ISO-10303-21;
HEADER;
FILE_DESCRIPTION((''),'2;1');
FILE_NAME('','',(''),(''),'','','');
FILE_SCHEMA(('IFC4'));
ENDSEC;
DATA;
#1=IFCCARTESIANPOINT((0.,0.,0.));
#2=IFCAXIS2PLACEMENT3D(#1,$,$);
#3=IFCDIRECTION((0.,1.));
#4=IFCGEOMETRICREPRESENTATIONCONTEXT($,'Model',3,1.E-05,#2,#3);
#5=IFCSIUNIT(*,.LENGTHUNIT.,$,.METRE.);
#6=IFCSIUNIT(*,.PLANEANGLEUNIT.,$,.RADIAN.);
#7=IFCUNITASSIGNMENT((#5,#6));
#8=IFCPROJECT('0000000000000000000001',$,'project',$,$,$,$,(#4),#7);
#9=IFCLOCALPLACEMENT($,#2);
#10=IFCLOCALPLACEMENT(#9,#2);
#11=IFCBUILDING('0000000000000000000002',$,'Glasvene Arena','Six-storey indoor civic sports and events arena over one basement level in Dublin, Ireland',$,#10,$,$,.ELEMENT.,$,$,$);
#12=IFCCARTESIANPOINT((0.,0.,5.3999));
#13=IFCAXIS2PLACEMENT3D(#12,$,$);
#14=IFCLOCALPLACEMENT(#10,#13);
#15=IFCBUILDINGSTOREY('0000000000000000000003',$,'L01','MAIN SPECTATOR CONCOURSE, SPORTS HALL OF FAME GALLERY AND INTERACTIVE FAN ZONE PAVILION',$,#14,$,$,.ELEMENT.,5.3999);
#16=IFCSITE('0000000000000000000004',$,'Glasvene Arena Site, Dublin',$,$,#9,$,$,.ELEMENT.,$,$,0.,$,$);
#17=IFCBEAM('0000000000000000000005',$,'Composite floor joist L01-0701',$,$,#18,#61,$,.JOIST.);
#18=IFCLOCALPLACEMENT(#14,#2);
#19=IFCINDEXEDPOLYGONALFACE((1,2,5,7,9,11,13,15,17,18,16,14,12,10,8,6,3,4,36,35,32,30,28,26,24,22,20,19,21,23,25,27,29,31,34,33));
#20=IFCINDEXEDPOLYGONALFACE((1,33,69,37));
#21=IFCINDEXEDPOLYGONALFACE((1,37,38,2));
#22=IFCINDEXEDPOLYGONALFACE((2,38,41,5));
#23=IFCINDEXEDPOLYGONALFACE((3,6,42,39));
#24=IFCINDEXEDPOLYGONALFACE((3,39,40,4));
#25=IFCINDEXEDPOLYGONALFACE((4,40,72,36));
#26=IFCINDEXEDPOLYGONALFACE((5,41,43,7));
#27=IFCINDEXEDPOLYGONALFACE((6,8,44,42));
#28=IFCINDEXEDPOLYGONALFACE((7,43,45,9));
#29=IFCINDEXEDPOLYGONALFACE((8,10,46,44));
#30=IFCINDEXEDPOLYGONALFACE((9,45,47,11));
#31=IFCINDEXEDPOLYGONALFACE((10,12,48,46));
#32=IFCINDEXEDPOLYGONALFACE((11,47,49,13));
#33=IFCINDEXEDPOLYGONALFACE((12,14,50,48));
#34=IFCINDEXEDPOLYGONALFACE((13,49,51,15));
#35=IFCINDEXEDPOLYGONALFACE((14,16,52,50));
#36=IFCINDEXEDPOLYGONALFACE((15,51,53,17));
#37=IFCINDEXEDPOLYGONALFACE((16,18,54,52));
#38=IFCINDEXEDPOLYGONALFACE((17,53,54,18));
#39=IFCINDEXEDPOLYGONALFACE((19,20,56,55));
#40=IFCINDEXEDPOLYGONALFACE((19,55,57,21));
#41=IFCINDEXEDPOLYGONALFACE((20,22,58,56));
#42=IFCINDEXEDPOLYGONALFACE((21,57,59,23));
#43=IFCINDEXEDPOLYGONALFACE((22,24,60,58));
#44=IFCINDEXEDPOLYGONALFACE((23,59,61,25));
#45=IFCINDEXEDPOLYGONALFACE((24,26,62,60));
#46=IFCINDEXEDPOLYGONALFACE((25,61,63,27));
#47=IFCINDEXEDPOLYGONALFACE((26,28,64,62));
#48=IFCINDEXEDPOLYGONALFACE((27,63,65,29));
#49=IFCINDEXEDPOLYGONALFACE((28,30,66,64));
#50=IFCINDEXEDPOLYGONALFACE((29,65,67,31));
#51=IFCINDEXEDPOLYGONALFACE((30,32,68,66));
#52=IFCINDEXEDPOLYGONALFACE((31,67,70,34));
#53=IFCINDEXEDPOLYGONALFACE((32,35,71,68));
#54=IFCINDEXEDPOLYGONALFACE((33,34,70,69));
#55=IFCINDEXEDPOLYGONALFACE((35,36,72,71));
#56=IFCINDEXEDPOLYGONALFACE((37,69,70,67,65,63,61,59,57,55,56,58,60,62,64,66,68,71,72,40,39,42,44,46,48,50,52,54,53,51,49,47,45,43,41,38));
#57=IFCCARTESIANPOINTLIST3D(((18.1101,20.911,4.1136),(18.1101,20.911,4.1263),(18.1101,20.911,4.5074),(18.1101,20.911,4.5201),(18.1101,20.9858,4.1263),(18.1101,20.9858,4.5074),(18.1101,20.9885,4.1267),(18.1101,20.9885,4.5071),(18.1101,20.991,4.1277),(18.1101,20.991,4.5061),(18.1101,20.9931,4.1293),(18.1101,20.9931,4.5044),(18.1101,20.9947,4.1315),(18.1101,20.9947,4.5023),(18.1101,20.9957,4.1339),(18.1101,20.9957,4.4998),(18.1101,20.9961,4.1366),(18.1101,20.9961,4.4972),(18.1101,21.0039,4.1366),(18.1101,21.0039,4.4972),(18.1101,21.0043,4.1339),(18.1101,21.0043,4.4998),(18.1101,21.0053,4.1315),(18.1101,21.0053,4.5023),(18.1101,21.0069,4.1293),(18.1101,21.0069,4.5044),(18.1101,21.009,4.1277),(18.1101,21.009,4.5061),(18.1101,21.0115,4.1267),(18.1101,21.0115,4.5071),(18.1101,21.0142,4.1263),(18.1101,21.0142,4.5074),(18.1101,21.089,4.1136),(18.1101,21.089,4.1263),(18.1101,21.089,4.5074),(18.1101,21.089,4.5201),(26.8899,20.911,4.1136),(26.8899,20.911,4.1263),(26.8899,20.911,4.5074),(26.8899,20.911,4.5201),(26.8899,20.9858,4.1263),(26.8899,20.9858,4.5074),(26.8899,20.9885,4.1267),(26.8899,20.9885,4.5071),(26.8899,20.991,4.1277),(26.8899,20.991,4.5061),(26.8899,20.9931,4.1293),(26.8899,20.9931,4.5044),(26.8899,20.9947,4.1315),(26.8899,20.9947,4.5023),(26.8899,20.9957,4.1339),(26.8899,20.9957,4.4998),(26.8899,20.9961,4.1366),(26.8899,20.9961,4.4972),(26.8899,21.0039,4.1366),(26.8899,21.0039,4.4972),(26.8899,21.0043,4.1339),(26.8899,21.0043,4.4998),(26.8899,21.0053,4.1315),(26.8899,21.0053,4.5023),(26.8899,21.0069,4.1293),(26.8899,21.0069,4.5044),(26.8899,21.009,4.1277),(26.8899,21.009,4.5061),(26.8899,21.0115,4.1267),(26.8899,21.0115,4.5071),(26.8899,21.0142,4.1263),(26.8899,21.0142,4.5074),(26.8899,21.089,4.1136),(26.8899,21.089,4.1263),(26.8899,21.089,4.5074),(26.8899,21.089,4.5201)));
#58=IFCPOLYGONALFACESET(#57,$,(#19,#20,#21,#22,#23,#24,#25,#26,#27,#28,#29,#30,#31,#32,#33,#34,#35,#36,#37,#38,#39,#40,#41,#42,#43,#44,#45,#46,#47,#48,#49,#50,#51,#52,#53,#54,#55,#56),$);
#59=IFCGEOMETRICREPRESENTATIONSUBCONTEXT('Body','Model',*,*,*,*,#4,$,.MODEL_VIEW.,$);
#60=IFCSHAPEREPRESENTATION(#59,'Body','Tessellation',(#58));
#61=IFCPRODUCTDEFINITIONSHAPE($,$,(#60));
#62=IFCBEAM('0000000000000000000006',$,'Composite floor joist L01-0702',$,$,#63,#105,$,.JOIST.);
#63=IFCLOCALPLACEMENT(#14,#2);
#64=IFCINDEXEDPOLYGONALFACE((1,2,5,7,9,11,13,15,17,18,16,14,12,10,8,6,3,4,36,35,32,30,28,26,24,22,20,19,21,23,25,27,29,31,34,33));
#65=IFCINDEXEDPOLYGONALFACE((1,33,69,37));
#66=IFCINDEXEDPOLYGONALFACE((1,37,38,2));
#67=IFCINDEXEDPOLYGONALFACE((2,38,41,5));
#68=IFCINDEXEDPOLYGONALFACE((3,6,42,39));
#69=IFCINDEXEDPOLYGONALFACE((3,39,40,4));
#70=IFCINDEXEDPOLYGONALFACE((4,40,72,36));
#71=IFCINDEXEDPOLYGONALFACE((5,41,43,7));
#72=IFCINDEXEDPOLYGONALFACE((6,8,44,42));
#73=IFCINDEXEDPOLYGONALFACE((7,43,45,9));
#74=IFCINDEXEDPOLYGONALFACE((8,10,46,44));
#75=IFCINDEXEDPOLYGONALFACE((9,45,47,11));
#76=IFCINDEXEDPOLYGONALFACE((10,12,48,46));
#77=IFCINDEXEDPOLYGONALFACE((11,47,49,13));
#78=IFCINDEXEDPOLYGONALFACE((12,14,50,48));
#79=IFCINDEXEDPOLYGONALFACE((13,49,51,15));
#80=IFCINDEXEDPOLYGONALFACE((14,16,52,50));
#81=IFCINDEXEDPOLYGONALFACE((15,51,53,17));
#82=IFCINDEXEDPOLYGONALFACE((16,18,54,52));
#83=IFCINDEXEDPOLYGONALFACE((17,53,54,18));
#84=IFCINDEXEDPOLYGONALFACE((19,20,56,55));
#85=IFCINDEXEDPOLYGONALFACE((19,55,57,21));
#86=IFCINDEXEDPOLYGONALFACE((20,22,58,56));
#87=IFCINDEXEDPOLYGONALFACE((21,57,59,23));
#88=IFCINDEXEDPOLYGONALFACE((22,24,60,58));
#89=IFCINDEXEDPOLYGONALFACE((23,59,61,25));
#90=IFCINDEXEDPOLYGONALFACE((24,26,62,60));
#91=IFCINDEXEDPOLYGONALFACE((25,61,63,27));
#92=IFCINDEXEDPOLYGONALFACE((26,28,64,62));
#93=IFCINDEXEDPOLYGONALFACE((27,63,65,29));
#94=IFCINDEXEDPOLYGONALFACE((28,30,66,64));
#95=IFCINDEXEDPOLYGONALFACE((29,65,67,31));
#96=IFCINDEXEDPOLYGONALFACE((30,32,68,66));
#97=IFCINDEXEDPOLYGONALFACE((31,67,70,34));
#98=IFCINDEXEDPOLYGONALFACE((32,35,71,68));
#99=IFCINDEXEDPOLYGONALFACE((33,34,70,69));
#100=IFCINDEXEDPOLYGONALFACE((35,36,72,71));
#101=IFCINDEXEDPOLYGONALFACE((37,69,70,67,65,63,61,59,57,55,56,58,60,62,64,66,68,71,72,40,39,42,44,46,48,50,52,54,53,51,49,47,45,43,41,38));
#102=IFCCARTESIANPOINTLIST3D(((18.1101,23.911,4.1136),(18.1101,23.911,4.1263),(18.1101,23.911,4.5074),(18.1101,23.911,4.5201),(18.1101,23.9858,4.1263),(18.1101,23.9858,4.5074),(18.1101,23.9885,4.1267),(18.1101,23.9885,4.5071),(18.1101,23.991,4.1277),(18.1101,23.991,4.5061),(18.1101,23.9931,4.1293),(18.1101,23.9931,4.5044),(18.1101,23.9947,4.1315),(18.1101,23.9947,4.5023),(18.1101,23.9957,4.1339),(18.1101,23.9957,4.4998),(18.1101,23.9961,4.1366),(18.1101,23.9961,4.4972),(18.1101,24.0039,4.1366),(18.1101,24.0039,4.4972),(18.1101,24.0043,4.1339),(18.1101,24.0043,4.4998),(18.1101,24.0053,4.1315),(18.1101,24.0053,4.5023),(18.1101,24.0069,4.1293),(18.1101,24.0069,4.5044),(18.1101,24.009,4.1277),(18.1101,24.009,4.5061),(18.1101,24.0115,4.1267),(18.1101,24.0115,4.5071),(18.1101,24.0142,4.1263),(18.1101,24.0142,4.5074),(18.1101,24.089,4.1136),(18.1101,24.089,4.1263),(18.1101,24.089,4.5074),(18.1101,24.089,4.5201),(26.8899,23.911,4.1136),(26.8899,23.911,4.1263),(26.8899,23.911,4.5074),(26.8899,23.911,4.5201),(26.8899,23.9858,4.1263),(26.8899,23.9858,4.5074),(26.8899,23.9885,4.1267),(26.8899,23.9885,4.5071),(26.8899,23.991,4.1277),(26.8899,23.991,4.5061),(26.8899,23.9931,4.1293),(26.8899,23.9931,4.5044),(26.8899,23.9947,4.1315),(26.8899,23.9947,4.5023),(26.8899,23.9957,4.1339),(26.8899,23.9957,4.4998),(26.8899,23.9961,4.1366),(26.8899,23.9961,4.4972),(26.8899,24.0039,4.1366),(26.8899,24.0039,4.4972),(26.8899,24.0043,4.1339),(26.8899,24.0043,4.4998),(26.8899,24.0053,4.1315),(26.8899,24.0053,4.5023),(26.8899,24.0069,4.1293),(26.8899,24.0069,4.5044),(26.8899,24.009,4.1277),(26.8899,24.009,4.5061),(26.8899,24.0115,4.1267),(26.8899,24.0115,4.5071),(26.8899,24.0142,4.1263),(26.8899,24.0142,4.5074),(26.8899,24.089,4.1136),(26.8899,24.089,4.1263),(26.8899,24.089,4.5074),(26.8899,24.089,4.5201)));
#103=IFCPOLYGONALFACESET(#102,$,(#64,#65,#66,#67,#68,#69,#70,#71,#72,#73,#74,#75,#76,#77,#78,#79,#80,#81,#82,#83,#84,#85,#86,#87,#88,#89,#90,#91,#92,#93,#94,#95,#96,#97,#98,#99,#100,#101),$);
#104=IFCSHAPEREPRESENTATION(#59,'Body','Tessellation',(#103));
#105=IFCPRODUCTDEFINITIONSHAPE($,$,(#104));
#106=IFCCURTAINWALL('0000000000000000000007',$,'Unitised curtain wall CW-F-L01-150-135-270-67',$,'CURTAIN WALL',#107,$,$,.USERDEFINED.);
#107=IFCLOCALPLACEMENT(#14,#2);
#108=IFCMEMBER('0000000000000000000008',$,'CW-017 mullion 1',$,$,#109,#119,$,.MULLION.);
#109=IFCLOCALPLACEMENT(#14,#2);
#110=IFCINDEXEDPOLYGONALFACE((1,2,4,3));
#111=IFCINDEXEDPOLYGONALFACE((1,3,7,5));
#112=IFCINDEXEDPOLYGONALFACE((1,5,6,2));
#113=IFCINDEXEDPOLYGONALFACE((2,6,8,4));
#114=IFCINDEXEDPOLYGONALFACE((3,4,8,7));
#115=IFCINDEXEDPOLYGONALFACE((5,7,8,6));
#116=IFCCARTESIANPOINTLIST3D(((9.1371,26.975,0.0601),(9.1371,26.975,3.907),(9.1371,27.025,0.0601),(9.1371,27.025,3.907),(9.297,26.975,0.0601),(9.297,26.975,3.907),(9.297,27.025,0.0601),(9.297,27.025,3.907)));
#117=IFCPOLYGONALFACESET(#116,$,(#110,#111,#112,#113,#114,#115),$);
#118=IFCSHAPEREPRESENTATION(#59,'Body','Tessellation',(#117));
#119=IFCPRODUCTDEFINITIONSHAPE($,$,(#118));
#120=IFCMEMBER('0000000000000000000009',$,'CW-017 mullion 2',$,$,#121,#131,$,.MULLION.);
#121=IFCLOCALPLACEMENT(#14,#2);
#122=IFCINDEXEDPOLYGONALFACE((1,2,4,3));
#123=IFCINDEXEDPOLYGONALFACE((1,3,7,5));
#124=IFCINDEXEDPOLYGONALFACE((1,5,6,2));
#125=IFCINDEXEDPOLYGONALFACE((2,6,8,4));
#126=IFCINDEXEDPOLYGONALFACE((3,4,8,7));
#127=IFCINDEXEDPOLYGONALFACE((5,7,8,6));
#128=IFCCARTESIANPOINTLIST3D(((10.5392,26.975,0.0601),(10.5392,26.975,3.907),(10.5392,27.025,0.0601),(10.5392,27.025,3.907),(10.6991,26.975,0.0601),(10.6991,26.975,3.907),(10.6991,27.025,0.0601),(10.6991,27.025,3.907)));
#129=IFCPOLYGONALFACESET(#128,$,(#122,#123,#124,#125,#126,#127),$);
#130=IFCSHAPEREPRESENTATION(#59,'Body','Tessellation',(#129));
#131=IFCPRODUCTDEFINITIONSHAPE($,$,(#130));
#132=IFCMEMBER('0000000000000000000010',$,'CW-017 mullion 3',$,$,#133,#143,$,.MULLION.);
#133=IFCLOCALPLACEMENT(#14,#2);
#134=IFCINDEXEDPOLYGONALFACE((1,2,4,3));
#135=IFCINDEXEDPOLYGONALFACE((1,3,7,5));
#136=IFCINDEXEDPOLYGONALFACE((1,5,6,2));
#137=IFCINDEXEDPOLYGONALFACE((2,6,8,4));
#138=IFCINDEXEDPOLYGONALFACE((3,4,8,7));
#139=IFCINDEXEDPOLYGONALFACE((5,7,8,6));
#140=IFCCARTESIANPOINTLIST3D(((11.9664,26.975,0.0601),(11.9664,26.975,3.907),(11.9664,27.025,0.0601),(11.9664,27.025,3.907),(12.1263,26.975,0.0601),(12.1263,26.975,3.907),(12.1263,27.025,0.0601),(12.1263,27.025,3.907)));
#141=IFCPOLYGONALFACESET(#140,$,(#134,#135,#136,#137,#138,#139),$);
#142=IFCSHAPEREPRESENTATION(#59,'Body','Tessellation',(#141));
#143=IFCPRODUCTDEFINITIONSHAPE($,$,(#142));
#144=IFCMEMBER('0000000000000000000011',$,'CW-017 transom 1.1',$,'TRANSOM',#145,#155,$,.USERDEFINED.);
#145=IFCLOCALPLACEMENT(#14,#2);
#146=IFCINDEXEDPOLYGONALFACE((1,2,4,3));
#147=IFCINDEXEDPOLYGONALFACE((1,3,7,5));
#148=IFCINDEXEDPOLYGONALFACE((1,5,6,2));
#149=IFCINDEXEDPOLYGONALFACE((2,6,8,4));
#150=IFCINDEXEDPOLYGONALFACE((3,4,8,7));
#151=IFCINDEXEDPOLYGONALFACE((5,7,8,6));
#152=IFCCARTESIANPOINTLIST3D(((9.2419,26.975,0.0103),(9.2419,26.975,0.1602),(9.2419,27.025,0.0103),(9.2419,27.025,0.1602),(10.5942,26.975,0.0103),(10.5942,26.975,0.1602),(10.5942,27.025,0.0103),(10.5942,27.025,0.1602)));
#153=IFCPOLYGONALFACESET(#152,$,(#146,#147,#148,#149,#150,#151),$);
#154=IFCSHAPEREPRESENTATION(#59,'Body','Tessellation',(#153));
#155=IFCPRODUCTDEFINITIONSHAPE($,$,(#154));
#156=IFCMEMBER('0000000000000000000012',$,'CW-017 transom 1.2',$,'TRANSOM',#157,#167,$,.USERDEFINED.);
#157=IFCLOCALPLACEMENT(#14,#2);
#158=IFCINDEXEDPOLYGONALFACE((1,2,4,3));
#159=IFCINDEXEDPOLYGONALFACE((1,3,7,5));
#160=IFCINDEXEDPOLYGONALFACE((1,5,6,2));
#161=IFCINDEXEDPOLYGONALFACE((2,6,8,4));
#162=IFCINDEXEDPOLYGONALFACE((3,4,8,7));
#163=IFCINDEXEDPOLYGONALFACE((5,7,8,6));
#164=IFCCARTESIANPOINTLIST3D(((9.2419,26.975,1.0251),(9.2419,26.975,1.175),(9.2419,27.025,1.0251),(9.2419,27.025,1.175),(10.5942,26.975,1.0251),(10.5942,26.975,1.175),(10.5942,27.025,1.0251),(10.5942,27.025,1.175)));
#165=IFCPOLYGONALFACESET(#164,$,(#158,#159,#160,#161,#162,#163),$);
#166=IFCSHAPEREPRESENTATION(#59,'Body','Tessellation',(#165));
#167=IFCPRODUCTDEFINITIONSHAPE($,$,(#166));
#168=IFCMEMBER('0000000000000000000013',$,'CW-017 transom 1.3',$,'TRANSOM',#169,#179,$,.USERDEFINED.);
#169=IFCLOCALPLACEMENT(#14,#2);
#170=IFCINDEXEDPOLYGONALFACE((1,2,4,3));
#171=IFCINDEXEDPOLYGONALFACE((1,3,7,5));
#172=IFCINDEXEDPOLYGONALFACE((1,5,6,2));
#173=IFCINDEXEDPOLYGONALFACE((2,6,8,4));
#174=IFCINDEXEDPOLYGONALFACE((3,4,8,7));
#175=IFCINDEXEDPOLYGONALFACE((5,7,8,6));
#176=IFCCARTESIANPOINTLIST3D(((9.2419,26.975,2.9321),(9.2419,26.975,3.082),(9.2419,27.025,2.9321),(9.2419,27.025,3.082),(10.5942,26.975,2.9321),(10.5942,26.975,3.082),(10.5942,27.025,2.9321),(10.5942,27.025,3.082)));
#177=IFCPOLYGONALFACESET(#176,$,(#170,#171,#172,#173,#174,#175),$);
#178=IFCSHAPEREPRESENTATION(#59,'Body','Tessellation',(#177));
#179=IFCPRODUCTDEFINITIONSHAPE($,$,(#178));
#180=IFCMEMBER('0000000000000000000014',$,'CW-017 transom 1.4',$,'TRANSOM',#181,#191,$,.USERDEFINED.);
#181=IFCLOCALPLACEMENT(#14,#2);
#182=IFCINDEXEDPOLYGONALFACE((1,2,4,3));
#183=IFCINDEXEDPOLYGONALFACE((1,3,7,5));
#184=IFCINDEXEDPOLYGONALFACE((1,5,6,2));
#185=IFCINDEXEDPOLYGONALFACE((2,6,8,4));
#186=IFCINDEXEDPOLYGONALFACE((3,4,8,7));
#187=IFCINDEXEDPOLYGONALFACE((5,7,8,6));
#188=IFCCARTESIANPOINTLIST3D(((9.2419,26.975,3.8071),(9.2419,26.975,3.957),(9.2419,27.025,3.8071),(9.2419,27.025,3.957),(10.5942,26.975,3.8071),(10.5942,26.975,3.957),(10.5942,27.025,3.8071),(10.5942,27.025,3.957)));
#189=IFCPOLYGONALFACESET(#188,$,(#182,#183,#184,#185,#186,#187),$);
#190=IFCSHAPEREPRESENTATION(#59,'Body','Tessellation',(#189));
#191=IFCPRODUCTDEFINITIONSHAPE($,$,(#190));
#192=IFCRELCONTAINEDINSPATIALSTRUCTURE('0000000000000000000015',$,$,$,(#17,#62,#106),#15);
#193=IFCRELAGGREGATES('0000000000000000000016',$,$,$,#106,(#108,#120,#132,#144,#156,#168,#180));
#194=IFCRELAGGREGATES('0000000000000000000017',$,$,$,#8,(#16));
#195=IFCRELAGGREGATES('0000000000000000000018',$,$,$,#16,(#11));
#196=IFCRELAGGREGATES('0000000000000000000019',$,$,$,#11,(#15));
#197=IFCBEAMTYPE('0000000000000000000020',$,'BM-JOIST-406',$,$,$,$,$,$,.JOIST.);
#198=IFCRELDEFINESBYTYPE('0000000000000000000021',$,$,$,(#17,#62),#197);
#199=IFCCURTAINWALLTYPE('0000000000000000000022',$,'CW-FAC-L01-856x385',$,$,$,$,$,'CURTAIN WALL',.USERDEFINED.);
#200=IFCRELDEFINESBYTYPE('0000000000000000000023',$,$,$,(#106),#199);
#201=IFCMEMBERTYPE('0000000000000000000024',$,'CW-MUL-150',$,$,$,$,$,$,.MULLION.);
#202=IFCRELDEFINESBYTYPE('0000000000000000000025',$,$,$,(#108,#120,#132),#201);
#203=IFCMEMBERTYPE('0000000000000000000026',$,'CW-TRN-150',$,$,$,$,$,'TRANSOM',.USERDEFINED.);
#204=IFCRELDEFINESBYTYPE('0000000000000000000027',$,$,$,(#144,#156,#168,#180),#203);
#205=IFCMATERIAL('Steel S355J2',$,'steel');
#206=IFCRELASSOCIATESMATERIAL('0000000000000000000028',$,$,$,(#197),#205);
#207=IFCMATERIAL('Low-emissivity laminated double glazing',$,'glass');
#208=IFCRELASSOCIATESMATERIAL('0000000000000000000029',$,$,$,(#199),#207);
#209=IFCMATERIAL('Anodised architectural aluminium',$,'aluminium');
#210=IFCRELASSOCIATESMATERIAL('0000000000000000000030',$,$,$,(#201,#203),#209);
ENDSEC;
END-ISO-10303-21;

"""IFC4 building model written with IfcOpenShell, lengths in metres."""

from ifc_helpers import new_model, si_unit, direction, frame, origin, origin_2d, place, context, subcontext, project, spatial, rectangle, i_section, extrude, material, material_profile, profile_set, type_object, element, aggregate, save


model = new_model("IFC4")

# Units and contexts
model_context = context("Model", 3, precision=1e-05, world=origin(), true_north=direction((0.0, 1.0)))
body_context = subcontext(model_context, "Body", "Model", "MODEL_VIEW")
ifc_project = project(units=[si_unit("LENGTHUNIT", "METRE"), si_unit("PLANEANGLEUNIT", "RADIAN")], contexts=[model_context])

# Site, building, storey
site_placement = place(None, origin())
site = spatial("IfcSite", under=ifc_project, at=site_placement, Name="Glasvene Arena Site, Dublin", CompositionType="ELEMENT", RefElevation=0.0)
building_placement = place(site_placement, origin())
building = spatial("IfcBuilding", under=site, at=building_placement, Name="Glasvene Arena", Description="Six-storey indoor civic sports and events arena over one basement level in Dublin, Ireland", CompositionType="ELEMENT")
storey_placement = place(building_placement, frame((0.0, 0.0, 5.3999)))
storey = spatial("IfcBuildingStorey", under=building, at=storey_placement, Name="L01", Description="MAIN SPECTATOR CONCOURSE, SPORTS HALL OF FAME GALLERY AND INTERACTIVE FAN ZONE PAVILION", CompositionType="ELEMENT", Elevation=5.3999)

# Shared definitions
ifc_material_1 = material(Name="Steel S355J2", Category="steel")

# Beams
ifc_material_profile_1 = material_profile(ifc_material_1, i_section(OverallWidth=0.178, OverallDepth=0.4065, WebThickness=0.0078, FlangeThickness=0.0127, FilletRadius=0.0103, at=origin_2d()), Name="UKB 406x178x60")
ifc_profile_set_1 = profile_set([ifc_material_profile_1], Name="Steel S355J2")
beam_type_1 = type_object("IfcBeamType", Name="BM-JOIST-406", PredefinedType="JOIST", material=ifc_profile_set_1)
for number, where, z_axis, x_axis, name in (
    (1, (18.1101, 21.0, 4.3169), (1.0, 0.0, 0.0), (0.0, 1.0, 0.0), "Composite floor joist L01-0701"),
    (2, (18.1101, 24.0, 4.3169), (1.0, 0.0, 0.0), (0.0, 1.0, 0.0), "Composite floor joist L01-0702"),
):
    element("IfcBeam", number, at=place(storey_placement, frame(where, z_axis=z_axis, x_axis=x_axis)), inside=storey, type_object=beam_type_1, Name=name, PredefinedType="JOIST", context=body_context, shape_type="SweptSolid", body=[
        extrude(i_section(OverallWidth=0.178, OverallDepth=0.4065, WebThickness=0.0078, FlangeThickness=0.0127, FilletRadius=0.0103, at=origin_2d()), origin(), (0.0, 0.0, 1.0), 8.7798),
    ])

# Curtain wall, members
ifc_material_2 = material(Name="Low-emissivity laminated double glazing", Category="glass")
curtain_wall_type = type_object("IfcCurtainWallType", Name="CW-FAC-L01-856x385", ElementType="CURTAIN WALL", PredefinedType="USERDEFINED", material=ifc_material_2)
curtain_wall_placement = place(storey_placement, frame((9.1919, 27.0, 0.0)))
curtain_wall = element("IfcCurtainWall", 3, at=curtain_wall_placement, inside=storey, type_object=curtain_wall_type, Name="Unitised curtain wall CW-F-L01-150-135-270-67", ObjectType="CURTAIN WALL", PredefinedType="USERDEFINED")
ifc_material_3 = material(Name="Anodised architectural aluminium", Category="aluminium")
ifc_material_profile_2 = material_profile(ifc_material_3, rectangle(XDim=0.05, YDim=0.1599, at=origin_2d()), Name="ALU MULLION 50x160")
ifc_profile_set_2 = profile_set([ifc_material_profile_2], Name="Anodised architectural aluminium")
member_type_1 = type_object("IfcMemberType", Name="CW-MUL-150", PredefinedType="MULLION", material=ifc_profile_set_2)
member_1_placement = place(storey_placement, frame((9.217, 27.0, 0.0601), z_axis=(0.0, 0.0, 1.0), x_axis=(0.0, 1.0, 0.0)))
member_1 = element("IfcMember", 4, at=member_1_placement, type_object=member_type_1, Name="CW-017 mullion 1", PredefinedType="MULLION", context=body_context, shape_type="SweptSolid", body=[
    extrude(rectangle(XDim=0.05, YDim=0.1599, at=origin_2d()), origin(), (0.0, 0.0, 1.0), 3.8469),
])
member_2_placement = place(storey_placement, frame((10.6191, 27.0, 0.0601), z_axis=(0.0, 0.0, 1.0), x_axis=(0.0, 1.0, 0.0)))
member_2 = element("IfcMember", 5, at=member_2_placement, type_object=member_type_1, Name="CW-017 mullion 2", PredefinedType="MULLION", context=body_context, shape_type="SweptSolid", body=[
    extrude(rectangle(XDim=0.05, YDim=0.1599, at=origin_2d()), origin(), (0.0, 0.0, 1.0), 3.8469),
])
member_3_placement = place(storey_placement, frame((12.0464, 27.0, 0.0601), z_axis=(0.0, 0.0, 1.0), x_axis=(0.0, 1.0, 0.0)))
member_3 = element("IfcMember", 6, at=member_3_placement, type_object=member_type_1, Name="CW-017 mullion 3", PredefinedType="MULLION", context=body_context, shape_type="SweptSolid", body=[
    extrude(rectangle(XDim=0.05, YDim=0.1599, at=origin_2d()), origin(), (0.0, 0.0, 1.0), 3.8469),
])
ifc_material_profile_3 = material_profile(ifc_material_3, rectangle(XDim=0.05, YDim=0.1499, at=origin_2d()), Name="ALU TRANSOM 50x150")
ifc_profile_set_3 = profile_set([ifc_material_profile_3], Name="Anodised architectural aluminium")
member_type_2 = type_object("IfcMemberType", Name="CW-TRN-150", ElementType="TRANSOM", PredefinedType="USERDEFINED", material=ifc_profile_set_3)
member_4_placement = place(storey_placement, frame((9.2419, 27.0, 0.0852), z_axis=(1.0, 0.0, 0.0), x_axis=(0.0, 1.0, 0.0)))
member_4 = element("IfcMember", 7, at=member_4_placement, type_object=member_type_2, Name="CW-017 transom 1.1", ObjectType="TRANSOM", PredefinedType="USERDEFINED", context=body_context, shape_type="SweptSolid", body=[
    extrude(rectangle(XDim=0.05, YDim=0.1499, at=origin_2d()), origin(), (0.0, 0.0, 1.0), 1.3523),
])
member_5_placement = place(storey_placement, frame((9.2419, 27.0, 1.1001), z_axis=(1.0, 0.0, 0.0), x_axis=(0.0, 1.0, 0.0)))
member_5 = element("IfcMember", 8, at=member_5_placement, type_object=member_type_2, Name="CW-017 transom 1.2", ObjectType="TRANSOM", PredefinedType="USERDEFINED", context=body_context, shape_type="SweptSolid", body=[
    extrude(rectangle(XDim=0.05, YDim=0.1499, at=origin_2d()), origin(), (0.0, 0.0, 1.0), 1.3523),
])
member_6_placement = place(storey_placement, frame((9.2419, 27.0, 3.0071), z_axis=(1.0, 0.0, 0.0), x_axis=(0.0, 1.0, 0.0)))
member_6 = element("IfcMember", 9, at=member_6_placement, type_object=member_type_2, Name="CW-017 transom 1.3", ObjectType="TRANSOM", PredefinedType="USERDEFINED", context=body_context, shape_type="SweptSolid", body=[
    extrude(rectangle(XDim=0.05, YDim=0.1499, at=origin_2d()), origin(), (0.0, 0.0, 1.0), 1.3523),
])
member_7_placement = place(storey_placement, frame((9.2419, 27.0, 3.8821), z_axis=(1.0, 0.0, 0.0), x_axis=(0.0, 1.0, 0.0)))
member_7 = element("IfcMember", 10, at=member_7_placement, type_object=member_type_2, Name="CW-017 transom 1.4", ObjectType="TRANSOM", PredefinedType="USERDEFINED", context=body_context, shape_type="SweptSolid", body=[
    extrude(rectangle(XDim=0.05, YDim=0.1499, at=origin_2d()), origin(), (0.0, 0.0, 1.0), 1.3523),
])
aggregate(curtain_wall, [member_1, member_2, member_3, member_4, member_5, member_6, member_7])

save(model, "model.ifc")
